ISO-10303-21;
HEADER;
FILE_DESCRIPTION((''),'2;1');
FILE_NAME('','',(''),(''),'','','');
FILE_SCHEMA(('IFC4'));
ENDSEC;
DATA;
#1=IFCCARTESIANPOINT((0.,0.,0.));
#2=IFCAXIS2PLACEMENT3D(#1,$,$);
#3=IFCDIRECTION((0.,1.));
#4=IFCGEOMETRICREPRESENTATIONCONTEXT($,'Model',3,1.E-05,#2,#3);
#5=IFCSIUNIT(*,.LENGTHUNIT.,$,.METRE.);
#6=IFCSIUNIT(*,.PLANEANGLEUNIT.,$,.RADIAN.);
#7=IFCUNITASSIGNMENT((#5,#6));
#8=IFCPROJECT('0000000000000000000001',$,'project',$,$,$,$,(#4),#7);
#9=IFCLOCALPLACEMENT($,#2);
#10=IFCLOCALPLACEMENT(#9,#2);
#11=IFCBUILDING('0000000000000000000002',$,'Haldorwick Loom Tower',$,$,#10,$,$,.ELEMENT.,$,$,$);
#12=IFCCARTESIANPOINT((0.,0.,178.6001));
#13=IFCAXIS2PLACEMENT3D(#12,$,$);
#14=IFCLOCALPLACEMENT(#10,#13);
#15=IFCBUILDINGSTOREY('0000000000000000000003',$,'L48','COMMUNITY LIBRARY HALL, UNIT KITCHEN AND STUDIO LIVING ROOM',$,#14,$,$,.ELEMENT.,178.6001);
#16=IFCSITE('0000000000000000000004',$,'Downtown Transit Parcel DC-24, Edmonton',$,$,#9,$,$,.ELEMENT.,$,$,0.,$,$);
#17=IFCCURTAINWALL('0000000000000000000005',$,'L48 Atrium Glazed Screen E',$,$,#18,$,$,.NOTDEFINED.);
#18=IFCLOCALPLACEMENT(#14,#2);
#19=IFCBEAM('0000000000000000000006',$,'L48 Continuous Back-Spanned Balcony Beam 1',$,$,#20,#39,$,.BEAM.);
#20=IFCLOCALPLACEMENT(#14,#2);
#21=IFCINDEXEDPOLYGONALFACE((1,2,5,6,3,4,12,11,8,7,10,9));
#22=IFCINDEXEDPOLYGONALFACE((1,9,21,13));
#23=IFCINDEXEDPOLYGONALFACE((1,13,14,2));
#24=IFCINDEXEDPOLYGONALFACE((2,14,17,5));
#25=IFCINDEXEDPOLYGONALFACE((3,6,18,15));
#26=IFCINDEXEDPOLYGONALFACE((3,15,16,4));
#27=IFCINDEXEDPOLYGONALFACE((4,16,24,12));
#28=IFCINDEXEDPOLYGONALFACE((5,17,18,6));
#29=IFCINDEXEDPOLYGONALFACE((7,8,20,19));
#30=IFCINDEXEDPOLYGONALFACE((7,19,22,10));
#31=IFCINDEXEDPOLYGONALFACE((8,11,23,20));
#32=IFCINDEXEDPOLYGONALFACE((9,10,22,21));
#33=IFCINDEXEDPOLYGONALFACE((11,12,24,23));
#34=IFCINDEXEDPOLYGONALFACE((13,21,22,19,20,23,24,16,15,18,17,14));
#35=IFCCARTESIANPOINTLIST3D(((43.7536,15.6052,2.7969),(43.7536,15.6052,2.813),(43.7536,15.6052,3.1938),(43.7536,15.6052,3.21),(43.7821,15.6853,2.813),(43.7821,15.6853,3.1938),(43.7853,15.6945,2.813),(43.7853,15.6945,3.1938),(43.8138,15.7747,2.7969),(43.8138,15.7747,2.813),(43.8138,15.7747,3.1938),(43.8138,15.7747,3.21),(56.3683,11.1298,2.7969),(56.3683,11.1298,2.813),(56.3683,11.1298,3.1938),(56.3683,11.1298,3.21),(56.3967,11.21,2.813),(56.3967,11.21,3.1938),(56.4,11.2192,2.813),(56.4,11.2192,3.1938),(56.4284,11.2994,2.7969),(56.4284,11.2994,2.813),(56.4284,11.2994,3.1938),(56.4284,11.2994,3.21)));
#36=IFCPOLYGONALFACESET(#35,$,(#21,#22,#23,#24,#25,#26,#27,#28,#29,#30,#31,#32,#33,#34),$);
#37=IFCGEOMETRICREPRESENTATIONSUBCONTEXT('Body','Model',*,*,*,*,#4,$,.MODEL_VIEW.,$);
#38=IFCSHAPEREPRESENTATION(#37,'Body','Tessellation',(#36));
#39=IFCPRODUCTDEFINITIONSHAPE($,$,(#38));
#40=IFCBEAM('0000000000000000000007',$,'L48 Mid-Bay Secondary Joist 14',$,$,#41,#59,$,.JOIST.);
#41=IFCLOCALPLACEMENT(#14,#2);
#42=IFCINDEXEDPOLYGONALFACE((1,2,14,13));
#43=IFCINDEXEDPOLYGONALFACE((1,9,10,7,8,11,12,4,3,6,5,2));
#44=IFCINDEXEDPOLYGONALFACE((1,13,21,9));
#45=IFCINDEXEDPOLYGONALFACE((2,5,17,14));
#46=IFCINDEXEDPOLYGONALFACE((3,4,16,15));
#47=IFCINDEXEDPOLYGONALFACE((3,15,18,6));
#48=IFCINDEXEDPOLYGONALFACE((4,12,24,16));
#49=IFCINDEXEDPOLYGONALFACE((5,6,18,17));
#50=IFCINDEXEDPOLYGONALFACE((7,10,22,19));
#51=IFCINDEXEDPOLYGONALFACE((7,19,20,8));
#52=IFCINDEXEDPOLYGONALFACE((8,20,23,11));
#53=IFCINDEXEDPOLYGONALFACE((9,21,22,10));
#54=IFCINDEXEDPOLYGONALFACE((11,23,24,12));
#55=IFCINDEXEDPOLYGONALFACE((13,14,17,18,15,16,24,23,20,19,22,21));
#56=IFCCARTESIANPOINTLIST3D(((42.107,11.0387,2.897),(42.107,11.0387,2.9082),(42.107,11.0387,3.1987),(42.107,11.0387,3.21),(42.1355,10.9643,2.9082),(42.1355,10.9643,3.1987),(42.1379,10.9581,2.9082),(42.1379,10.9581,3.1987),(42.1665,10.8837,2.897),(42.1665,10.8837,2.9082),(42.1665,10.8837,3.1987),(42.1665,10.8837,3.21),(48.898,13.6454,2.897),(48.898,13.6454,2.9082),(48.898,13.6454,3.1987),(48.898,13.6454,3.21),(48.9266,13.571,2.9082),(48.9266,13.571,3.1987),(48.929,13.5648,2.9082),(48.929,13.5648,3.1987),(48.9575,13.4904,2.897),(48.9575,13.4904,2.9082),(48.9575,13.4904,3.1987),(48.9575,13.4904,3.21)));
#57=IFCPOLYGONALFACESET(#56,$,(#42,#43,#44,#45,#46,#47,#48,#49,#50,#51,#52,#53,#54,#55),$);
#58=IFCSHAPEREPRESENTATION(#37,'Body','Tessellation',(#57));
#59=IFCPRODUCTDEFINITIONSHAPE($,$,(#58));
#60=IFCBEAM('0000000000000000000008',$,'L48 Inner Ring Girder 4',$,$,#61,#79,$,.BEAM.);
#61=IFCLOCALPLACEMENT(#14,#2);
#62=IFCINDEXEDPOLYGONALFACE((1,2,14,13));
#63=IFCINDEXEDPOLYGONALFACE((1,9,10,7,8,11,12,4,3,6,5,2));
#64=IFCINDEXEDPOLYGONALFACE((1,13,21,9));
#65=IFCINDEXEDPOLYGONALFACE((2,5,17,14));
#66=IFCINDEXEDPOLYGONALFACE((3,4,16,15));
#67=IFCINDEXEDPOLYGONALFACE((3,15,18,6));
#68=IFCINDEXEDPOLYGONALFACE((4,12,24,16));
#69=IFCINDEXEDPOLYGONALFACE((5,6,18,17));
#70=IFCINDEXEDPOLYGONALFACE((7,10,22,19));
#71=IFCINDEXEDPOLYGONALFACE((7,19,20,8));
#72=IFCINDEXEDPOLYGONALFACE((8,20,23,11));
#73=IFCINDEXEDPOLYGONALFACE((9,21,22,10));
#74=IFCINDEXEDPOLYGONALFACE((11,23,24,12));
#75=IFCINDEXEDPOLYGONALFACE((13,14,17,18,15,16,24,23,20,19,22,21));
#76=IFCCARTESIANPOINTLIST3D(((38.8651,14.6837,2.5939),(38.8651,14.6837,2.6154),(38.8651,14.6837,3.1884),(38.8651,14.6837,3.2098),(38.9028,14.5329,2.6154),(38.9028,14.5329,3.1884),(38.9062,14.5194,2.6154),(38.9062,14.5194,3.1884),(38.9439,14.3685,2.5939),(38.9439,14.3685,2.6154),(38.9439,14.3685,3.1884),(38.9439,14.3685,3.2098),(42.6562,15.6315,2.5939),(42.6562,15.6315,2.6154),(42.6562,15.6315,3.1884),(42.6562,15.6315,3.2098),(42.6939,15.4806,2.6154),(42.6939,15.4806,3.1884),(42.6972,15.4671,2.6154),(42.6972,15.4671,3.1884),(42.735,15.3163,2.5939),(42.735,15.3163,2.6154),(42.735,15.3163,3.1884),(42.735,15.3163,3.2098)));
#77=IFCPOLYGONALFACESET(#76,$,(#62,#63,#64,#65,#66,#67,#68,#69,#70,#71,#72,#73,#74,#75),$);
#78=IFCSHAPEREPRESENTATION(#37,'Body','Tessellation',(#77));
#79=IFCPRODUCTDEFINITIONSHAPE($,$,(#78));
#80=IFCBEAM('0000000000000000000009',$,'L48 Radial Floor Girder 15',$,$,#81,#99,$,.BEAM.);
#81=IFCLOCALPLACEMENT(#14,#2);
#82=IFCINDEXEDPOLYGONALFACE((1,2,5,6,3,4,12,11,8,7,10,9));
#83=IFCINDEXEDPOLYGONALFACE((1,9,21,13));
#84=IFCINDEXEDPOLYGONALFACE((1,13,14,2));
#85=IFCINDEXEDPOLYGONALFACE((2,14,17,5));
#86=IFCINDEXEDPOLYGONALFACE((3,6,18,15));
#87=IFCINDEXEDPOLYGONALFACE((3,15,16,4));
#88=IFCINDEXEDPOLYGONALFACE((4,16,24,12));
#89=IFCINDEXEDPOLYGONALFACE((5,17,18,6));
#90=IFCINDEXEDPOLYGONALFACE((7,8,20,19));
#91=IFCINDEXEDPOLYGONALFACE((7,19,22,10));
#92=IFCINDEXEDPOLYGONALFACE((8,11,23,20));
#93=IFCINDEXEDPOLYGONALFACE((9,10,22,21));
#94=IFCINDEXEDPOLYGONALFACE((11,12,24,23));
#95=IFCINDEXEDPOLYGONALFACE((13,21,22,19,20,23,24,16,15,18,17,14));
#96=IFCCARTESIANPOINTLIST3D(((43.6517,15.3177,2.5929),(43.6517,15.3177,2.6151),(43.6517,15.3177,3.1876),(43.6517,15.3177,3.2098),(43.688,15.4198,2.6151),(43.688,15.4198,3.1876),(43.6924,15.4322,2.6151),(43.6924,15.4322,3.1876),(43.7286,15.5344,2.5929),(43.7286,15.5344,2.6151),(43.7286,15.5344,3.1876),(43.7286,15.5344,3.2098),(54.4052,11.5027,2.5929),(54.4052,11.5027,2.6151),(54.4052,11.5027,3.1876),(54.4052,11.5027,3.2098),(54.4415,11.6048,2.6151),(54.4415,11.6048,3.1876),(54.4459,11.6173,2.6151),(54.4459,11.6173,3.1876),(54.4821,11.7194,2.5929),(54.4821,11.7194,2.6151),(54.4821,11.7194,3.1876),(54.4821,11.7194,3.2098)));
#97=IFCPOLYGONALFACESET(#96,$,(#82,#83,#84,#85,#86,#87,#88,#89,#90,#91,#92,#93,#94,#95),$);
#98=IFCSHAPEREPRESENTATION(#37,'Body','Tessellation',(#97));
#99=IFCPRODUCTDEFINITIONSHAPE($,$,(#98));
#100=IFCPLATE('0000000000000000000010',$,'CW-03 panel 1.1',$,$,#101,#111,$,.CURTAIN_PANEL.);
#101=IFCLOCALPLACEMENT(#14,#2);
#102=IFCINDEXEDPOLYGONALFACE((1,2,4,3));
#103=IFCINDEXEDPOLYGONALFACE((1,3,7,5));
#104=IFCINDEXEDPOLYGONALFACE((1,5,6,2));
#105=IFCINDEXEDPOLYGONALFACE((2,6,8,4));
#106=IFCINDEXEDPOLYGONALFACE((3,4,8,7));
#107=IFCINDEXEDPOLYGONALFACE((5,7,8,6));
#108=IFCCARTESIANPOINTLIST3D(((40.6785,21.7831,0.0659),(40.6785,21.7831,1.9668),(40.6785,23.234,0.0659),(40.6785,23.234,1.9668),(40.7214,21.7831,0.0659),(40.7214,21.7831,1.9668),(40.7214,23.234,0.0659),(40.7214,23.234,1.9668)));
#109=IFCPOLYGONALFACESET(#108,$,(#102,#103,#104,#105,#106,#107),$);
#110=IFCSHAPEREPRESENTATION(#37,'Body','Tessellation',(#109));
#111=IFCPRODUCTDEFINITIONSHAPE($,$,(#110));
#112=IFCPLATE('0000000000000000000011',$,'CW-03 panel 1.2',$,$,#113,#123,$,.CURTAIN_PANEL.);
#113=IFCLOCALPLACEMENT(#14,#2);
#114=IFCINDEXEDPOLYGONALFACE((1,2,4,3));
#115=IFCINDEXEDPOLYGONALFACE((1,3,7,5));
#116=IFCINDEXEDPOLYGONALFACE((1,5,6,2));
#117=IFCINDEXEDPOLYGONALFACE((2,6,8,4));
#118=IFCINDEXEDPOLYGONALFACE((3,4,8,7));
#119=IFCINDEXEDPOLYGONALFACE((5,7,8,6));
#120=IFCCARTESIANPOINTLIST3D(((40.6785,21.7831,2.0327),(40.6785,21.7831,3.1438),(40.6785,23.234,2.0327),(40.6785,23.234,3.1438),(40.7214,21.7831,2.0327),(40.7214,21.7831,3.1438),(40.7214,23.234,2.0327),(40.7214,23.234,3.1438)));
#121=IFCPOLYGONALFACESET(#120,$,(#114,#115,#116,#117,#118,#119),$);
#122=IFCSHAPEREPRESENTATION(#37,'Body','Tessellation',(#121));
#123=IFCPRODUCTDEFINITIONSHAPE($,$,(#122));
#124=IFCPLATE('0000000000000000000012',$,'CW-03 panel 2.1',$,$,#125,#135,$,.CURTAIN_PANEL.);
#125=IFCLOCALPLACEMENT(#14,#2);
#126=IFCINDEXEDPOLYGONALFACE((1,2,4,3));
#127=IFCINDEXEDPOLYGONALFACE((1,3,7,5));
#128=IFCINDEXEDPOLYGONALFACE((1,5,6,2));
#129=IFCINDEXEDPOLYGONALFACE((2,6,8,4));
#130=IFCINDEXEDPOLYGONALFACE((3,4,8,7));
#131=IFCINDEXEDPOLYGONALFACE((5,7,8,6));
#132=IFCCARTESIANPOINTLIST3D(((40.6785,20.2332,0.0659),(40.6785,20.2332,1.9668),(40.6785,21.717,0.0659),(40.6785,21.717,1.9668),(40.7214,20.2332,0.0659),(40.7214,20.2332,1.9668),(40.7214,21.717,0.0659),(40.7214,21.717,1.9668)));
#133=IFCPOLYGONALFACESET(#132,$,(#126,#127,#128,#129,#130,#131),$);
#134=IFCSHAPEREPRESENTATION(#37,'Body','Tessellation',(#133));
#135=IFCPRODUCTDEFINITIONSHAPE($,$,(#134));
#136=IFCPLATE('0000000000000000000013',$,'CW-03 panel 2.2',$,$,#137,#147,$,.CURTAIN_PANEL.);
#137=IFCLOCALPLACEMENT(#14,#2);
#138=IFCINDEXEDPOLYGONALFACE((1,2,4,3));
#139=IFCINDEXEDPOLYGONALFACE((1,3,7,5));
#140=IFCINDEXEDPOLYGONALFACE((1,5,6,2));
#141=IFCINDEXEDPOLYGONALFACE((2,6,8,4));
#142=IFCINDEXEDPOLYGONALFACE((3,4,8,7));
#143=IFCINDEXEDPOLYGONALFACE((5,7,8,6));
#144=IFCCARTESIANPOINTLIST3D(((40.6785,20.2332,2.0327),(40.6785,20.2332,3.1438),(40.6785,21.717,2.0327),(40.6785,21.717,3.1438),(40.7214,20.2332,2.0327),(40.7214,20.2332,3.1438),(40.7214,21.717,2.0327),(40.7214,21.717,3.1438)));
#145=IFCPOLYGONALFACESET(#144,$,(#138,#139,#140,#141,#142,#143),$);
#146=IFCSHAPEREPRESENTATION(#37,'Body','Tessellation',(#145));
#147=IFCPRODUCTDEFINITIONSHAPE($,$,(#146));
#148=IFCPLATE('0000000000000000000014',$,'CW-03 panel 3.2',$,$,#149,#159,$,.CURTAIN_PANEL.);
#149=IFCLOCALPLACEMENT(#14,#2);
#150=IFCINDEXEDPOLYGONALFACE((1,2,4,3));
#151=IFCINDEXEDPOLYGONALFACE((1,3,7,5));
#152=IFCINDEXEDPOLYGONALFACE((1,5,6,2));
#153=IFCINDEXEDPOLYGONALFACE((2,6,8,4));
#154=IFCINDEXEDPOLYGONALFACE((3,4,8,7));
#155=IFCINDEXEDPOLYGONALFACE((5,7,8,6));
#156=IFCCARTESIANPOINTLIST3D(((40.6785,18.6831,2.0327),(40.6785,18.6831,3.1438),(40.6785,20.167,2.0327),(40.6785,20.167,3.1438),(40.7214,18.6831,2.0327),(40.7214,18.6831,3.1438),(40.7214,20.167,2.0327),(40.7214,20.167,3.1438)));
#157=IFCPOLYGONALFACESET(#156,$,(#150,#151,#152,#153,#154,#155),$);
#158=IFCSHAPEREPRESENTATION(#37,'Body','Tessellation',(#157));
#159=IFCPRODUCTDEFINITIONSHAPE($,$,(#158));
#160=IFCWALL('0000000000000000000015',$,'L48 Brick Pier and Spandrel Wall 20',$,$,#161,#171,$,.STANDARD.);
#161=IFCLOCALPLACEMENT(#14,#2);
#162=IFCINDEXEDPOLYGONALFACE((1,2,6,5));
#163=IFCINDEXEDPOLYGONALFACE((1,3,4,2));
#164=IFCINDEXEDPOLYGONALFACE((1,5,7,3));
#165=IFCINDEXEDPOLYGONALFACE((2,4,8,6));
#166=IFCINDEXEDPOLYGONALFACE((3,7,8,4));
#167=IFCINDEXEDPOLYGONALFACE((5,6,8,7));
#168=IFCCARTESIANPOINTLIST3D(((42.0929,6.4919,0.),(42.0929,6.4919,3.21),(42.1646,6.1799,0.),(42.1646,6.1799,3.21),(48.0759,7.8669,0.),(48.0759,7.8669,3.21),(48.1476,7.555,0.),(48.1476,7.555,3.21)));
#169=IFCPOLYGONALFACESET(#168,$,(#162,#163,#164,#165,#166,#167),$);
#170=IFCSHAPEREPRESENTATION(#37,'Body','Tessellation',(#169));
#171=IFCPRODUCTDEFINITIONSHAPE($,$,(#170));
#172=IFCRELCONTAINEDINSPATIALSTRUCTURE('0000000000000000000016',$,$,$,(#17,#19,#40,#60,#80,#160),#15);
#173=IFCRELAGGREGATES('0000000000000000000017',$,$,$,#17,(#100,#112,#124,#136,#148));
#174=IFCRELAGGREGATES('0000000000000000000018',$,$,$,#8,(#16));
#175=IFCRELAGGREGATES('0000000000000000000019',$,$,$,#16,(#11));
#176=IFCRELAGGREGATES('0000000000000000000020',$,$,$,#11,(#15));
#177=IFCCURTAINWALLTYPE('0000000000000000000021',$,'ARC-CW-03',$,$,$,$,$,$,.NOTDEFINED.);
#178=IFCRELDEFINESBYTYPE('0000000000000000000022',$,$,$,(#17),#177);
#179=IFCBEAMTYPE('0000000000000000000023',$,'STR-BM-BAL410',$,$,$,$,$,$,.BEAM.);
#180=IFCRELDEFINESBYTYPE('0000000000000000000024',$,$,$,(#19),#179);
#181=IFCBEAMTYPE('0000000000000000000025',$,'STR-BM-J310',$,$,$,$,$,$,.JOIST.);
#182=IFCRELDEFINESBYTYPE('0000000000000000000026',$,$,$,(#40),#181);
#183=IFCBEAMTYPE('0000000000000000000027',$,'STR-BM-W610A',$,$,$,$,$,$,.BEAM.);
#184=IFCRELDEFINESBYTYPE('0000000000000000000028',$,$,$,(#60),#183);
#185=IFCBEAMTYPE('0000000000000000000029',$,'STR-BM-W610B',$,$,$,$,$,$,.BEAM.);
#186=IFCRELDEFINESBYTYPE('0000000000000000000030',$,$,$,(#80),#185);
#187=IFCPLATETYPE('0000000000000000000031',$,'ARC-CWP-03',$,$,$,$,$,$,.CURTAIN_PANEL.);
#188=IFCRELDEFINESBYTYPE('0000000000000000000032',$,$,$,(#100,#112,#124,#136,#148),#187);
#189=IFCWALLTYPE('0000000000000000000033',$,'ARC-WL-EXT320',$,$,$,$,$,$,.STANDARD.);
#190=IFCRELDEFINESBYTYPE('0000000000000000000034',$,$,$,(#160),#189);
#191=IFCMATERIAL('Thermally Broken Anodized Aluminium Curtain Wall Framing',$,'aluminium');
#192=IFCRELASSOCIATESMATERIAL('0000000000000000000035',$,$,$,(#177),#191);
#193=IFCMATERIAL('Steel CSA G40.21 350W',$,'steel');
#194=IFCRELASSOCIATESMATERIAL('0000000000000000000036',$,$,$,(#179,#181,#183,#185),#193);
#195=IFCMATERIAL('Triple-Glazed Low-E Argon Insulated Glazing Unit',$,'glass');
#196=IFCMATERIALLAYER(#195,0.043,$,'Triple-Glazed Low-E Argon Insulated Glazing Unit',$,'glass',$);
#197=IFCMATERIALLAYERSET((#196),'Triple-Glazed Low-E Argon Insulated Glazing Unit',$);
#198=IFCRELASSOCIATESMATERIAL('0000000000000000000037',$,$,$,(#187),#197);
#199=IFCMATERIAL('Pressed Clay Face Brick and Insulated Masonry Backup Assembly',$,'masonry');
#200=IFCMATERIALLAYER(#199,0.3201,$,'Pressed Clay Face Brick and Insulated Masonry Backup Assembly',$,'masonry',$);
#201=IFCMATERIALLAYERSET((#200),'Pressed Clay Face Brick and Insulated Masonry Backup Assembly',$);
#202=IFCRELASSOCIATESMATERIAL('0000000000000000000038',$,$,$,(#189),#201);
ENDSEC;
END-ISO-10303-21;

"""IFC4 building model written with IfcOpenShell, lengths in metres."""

from ifc_helpers import new_model, si_unit, direction, frame, frame_2d, origin, origin_2d, place, context, subcontext, project, spatial, rectangle, i_section, extrude, material, layer, layer_set, material_profile, profile_set, type_object, element, aggregate, save


model = new_model("IFC4")

# Units and contexts
model_context = context("Model", 3, precision=1e-05, world=origin(), true_north=direction((0.0, 1.0)))
body_context = subcontext(model_context, "Body", "Model", "MODEL_VIEW")
ifc_project = project(units=[si_unit("LENGTHUNIT", "METRE"), si_unit("PLANEANGLEUNIT", "RADIAN")], contexts=[model_context])

# Site, building, storey
site_placement = place(None, origin())
site = spatial("IfcSite", under=ifc_project, at=site_placement, Name="Downtown Transit Parcel DC-24, Edmonton", CompositionType="ELEMENT", RefElevation=0.0)
building_placement = place(site_placement, origin())
building = spatial("IfcBuilding", under=site, at=building_placement, Name="Haldorwick Loom Tower", CompositionType="ELEMENT")
storey_placement = place(building_placement, frame((0.0, 0.0, 178.6001)))
storey = spatial("IfcBuildingStorey", under=building, at=storey_placement, Name="L48", Description="COMMUNITY LIBRARY HALL, UNIT KITCHEN AND STUDIO LIVING ROOM", CompositionType="ELEMENT", Elevation=178.6001)

# Curtain wall
ifc_material_1 = material(Name="Thermally Broken Anodized Aluminium Curtain Wall Framing", Category="aluminium")
curtain_wall_type = type_object("IfcCurtainWallType", Name="ARC-CW-03", PredefinedType="NOTDEFINED", material=ifc_material_1)
curtain_wall_placement = place(storey_placement, origin())
curtain_wall = element("IfcCurtainWall", 1, at=curtain_wall_placement, inside=storey, type_object=curtain_wall_type, Name="L48 Atrium Glazed Screen E", PredefinedType="NOTDEFINED")

# Beams
ifc_material_2 = material(Name="Steel CSA G40.21 350W", Category="steel")
ifc_material_profile_1 = material_profile(ifc_material_2, i_section(OverallWidth=0.1799, OverallDepth=0.4131, WebThickness=0.0098, FlangeThickness=0.0161, at=origin_2d()), Name="W410X74", Category="steel")
ifc_profile_set_1 = profile_set([ifc_material_profile_1], Name="Steel CSA G40.21 350W")
beam_type_1 = type_object("IfcBeamType", Name="STR-BM-BAL410", PredefinedType="BEAM", material=ifc_profile_set_1)
beam_1_placement = place(storey_placement, frame((43.7837, 15.6899, 3.0034), z_axis=(0.942448, -0.334353, 0.0), x_axis=(0.334353, 0.942448, 0.0)))
element("IfcBeam", 2, at=beam_1_placement, inside=storey, type_object=beam_type_1, Name="L48 Continuous Back-Spanned Balcony Beam 1", PredefinedType="BEAM", context=body_context, shape_type="SweptSolid", body=[
    extrude(i_section(OverallWidth=0.1799, OverallDepth=0.4131, WebThickness=0.0098, FlangeThickness=0.0161, at=origin_2d()), origin(), (0.0, 0.0, 1.0), 13.385),
])
ifc_material_profile_2 = material_profile(ifc_material_2, i_section(OverallWidth=0.166, OverallDepth=0.313, WebThickness=0.0066, FlangeThickness=0.0112, at=origin_2d()), Name="W310X45", Category="steel")
ifc_profile_set_2 = profile_set([ifc_material_profile_2], Name="Steel CSA G40.21 350W")
beam_type_2 = type_object("IfcBeamType", Name="STR-BM-J310", PredefinedType="JOIST", material=ifc_profile_set_2)
beam_2_placement = place(storey_placement, frame((42.1367, 10.9612, 3.0535), z_axis=(0.933587, 0.358352, 0.0), x_axis=(-0.358352, 0.933587, 0.0)))
element("IfcBeam", 3, at=beam_2_placement, inside=storey, type_object=beam_type_2, Name="L48 Mid-Bay Secondary Joist 14", PredefinedType="JOIST", context=body_context, shape_type="SweptSolid", body=[
    extrude(i_section(OverallWidth=0.166, OverallDepth=0.313, WebThickness=0.0066, FlangeThickness=0.0112, at=origin_2d()), origin(), (0.0, 0.0, 1.0), 7.2742),
])
ifc_material_profile_3 = material_profile(ifc_material_2, i_section(OverallWidth=0.325, OverallDepth=0.616, WebThickness=0.0139, FlangeThickness=0.0215, at=origin_2d()), Name="W610X174", Category="steel")
ifc_profile_set_3 = profile_set([ifc_material_profile_3], Name="Steel CSA G40.21 350W")
beam_type_3 = type_object("IfcBeamType", Name="STR-BM-W610A", PredefinedType="BEAM", material=ifc_profile_set_3)
beam_3_placement = place(storey_placement, frame((42.6956, 15.4739, 2.9019), z_axis=(-0.970143, -0.242536, 0.0), x_axis=(0.242536, -0.970143, 0.0)))
element("IfcBeam", 4, at=beam_3_placement, inside=storey, type_object=beam_type_3, Name="L48 Inner Ring Girder 4", PredefinedType="BEAM", context=body_context, shape_type="SweptSolid", body=[
    extrude(i_section(OverallWidth=0.325, OverallDepth=0.616, WebThickness=0.0139, FlangeThickness=0.0215, at=origin_2d()), origin(), (0.0, 0.0, 1.0), 3.9077),
])
ifc_material_profile_4 = material_profile(ifc_material_2, i_section(OverallWidth=0.23, OverallDepth=0.6169, WebThickness=0.0132, FlangeThickness=0.0222, at=origin_2d()), Name="W610X140", Category="steel")
ifc_profile_set_4 = profile_set([ifc_material_profile_4], Name="Steel CSA G40.21 350W")
beam_type_4 = type_object("IfcBeamType", Name="STR-BM-W610B", PredefinedType="BEAM", material=ifc_profile_set_4)
beam_4_placement = place(storey_placement, frame((43.6902, 15.426, 2.9014), z_axis=(0.942449, -0.334349, 0.0), x_axis=(0.334349, 0.942449, 0.0)))
element("IfcBeam", 5, at=beam_4_placement, inside=storey, type_object=beam_type_4, Name="L48 Radial Floor Girder 15", PredefinedType="BEAM", context=body_context, shape_type="SweptSolid", body=[
    extrude(i_section(OverallWidth=0.23, OverallDepth=0.6169, WebThickness=0.0132, FlangeThickness=0.0222, at=origin_2d()), origin(), (0.0, 0.0, 1.0), 11.4102),
])

# Plates
ifc_material_3 = material(Name="Triple-Glazed Low-E Argon Insulated Glazing Unit", Category="glass")
ifc_layer_1 = layer(ifc_material_3, 0.043, Name="Triple-Glazed Low-E Argon Insulated Glazing Unit", Category="glass")
ifc_layer_set_1 = layer_set([ifc_layer_1], Name="Triple-Glazed Low-E Argon Insulated Glazing Unit")
plate_type = type_object("IfcPlateType", Name="ARC-CWP-03", PredefinedType="CURTAIN_PANEL", material=ifc_layer_set_1)
plate_1_placement = place(storey_placement, frame((40.7, 22.5085, 0.0659), z_axis=(0.0, 0.0, 1.0), x_axis=(0.0, -1.0, 0.0)))
plate_1 = element("IfcPlate", 6, at=plate_1_placement, type_object=plate_type, Name="CW-03 panel 1.1", PredefinedType="CURTAIN_PANEL", context=body_context, shape_type="SweptSolid", body=[
    extrude(rectangle(XDim=1.4509, YDim=0.043, at=origin_2d()), origin(), (0.0, 0.0, 1.0), 1.9009),
])
plate_2_placement = place(storey_placement, frame((40.7, 22.5085, 2.0327), z_axis=(0.0, 0.0, 1.0), x_axis=(0.0, -1.0, 0.0)))
plate_2 = element("IfcPlate", 7, at=plate_2_placement, type_object=plate_type, Name="CW-03 panel 1.2", PredefinedType="CURTAIN_PANEL", context=body_context, shape_type="SweptSolid", body=[
    extrude(rectangle(XDim=1.4509, YDim=0.043, at=origin_2d()), origin(), (0.0, 0.0, 1.0), 1.1111),
])
plate_3_placement = place(storey_placement, frame((40.7, 20.9751, 0.0659), z_axis=(0.0, 0.0, 1.0), x_axis=(0.0, -1.0, 0.0)))
plate_3 = element("IfcPlate", 8, at=plate_3_placement, type_object=plate_type, Name="CW-03 panel 2.1", PredefinedType="CURTAIN_PANEL", context=body_context, shape_type="SweptSolid", body=[
    extrude(rectangle(XDim=1.4839, YDim=0.043, at=origin_2d()), origin(), (0.0, 0.0, 1.0), 1.9009),
])
plate_4_placement = place(storey_placement, frame((40.7, 20.9751, 2.0327), z_axis=(0.0, 0.0, 1.0), x_axis=(0.0, -1.0, 0.0)))
plate_4 = element("IfcPlate", 9, at=plate_4_placement, type_object=plate_type, Name="CW-03 panel 2.2", PredefinedType="CURTAIN_PANEL", context=body_context, shape_type="SweptSolid", body=[
    extrude(rectangle(XDim=1.4839, YDim=0.043, at=origin_2d()), origin(), (0.0, 0.0, 1.0), 1.1111),
])
plate_5_placement = place(storey_placement, frame((40.7, 19.425, 2.0327), z_axis=(0.0, 0.0, 1.0), x_axis=(0.0, -1.0, 0.0)))
plate_5 = element("IfcPlate", 10, at=plate_5_placement, type_object=plate_type, Name="CW-03 panel 3.2", PredefinedType="CURTAIN_PANEL", context=body_context, shape_type="SweptSolid", body=[
    extrude(rectangle(XDim=1.4839, YDim=0.043, at=origin_2d()), origin(), (0.0, 0.0, 1.0), 1.1111),
])
aggregate(curtain_wall, [plate_1, plate_2, plate_3, plate_4, plate_5])

# Wall
ifc_material_4 = material(Name="Pressed Clay Face Brick and Insulated Masonry Backup Assembly", Category="masonry")
ifc_layer_2 = layer(ifc_material_4, 0.3201, Name="Pressed Clay Face Brick and Insulated Masonry Backup Assembly", Category="masonry")
ifc_layer_set_2 = layer_set([ifc_layer_2], Name="Pressed Clay Face Brick and Insulated Masonry Backup Assembly")
wall_type_1 = type_object("IfcWallType", Name="ARC-WL-EXT320", PredefinedType="STANDARD", material=ifc_layer_set_2)
wall_1_placement = place(storey_placement, frame((42.1289, 6.3359, 0.0), z_axis=(0.0, 0.0, 1.0), x_axis=(0.974593, 0.223982, 0.0)))
element("IfcWall", 11, at=wall_1_placement, inside=storey, type_object=wall_type_1, Name="L48 Brick Pier and Spandrel Wall 20", PredefinedType="STANDARD", context=body_context, shape_type="SweptSolid", body=[
    extrude(rectangle(XDim=6.1389, YDim=0.3201, at=frame_2d((3.0693, 0.0))), origin(), (0.0, 0.0, 1.0), 3.21),
])

save(model, "model.ifc")
